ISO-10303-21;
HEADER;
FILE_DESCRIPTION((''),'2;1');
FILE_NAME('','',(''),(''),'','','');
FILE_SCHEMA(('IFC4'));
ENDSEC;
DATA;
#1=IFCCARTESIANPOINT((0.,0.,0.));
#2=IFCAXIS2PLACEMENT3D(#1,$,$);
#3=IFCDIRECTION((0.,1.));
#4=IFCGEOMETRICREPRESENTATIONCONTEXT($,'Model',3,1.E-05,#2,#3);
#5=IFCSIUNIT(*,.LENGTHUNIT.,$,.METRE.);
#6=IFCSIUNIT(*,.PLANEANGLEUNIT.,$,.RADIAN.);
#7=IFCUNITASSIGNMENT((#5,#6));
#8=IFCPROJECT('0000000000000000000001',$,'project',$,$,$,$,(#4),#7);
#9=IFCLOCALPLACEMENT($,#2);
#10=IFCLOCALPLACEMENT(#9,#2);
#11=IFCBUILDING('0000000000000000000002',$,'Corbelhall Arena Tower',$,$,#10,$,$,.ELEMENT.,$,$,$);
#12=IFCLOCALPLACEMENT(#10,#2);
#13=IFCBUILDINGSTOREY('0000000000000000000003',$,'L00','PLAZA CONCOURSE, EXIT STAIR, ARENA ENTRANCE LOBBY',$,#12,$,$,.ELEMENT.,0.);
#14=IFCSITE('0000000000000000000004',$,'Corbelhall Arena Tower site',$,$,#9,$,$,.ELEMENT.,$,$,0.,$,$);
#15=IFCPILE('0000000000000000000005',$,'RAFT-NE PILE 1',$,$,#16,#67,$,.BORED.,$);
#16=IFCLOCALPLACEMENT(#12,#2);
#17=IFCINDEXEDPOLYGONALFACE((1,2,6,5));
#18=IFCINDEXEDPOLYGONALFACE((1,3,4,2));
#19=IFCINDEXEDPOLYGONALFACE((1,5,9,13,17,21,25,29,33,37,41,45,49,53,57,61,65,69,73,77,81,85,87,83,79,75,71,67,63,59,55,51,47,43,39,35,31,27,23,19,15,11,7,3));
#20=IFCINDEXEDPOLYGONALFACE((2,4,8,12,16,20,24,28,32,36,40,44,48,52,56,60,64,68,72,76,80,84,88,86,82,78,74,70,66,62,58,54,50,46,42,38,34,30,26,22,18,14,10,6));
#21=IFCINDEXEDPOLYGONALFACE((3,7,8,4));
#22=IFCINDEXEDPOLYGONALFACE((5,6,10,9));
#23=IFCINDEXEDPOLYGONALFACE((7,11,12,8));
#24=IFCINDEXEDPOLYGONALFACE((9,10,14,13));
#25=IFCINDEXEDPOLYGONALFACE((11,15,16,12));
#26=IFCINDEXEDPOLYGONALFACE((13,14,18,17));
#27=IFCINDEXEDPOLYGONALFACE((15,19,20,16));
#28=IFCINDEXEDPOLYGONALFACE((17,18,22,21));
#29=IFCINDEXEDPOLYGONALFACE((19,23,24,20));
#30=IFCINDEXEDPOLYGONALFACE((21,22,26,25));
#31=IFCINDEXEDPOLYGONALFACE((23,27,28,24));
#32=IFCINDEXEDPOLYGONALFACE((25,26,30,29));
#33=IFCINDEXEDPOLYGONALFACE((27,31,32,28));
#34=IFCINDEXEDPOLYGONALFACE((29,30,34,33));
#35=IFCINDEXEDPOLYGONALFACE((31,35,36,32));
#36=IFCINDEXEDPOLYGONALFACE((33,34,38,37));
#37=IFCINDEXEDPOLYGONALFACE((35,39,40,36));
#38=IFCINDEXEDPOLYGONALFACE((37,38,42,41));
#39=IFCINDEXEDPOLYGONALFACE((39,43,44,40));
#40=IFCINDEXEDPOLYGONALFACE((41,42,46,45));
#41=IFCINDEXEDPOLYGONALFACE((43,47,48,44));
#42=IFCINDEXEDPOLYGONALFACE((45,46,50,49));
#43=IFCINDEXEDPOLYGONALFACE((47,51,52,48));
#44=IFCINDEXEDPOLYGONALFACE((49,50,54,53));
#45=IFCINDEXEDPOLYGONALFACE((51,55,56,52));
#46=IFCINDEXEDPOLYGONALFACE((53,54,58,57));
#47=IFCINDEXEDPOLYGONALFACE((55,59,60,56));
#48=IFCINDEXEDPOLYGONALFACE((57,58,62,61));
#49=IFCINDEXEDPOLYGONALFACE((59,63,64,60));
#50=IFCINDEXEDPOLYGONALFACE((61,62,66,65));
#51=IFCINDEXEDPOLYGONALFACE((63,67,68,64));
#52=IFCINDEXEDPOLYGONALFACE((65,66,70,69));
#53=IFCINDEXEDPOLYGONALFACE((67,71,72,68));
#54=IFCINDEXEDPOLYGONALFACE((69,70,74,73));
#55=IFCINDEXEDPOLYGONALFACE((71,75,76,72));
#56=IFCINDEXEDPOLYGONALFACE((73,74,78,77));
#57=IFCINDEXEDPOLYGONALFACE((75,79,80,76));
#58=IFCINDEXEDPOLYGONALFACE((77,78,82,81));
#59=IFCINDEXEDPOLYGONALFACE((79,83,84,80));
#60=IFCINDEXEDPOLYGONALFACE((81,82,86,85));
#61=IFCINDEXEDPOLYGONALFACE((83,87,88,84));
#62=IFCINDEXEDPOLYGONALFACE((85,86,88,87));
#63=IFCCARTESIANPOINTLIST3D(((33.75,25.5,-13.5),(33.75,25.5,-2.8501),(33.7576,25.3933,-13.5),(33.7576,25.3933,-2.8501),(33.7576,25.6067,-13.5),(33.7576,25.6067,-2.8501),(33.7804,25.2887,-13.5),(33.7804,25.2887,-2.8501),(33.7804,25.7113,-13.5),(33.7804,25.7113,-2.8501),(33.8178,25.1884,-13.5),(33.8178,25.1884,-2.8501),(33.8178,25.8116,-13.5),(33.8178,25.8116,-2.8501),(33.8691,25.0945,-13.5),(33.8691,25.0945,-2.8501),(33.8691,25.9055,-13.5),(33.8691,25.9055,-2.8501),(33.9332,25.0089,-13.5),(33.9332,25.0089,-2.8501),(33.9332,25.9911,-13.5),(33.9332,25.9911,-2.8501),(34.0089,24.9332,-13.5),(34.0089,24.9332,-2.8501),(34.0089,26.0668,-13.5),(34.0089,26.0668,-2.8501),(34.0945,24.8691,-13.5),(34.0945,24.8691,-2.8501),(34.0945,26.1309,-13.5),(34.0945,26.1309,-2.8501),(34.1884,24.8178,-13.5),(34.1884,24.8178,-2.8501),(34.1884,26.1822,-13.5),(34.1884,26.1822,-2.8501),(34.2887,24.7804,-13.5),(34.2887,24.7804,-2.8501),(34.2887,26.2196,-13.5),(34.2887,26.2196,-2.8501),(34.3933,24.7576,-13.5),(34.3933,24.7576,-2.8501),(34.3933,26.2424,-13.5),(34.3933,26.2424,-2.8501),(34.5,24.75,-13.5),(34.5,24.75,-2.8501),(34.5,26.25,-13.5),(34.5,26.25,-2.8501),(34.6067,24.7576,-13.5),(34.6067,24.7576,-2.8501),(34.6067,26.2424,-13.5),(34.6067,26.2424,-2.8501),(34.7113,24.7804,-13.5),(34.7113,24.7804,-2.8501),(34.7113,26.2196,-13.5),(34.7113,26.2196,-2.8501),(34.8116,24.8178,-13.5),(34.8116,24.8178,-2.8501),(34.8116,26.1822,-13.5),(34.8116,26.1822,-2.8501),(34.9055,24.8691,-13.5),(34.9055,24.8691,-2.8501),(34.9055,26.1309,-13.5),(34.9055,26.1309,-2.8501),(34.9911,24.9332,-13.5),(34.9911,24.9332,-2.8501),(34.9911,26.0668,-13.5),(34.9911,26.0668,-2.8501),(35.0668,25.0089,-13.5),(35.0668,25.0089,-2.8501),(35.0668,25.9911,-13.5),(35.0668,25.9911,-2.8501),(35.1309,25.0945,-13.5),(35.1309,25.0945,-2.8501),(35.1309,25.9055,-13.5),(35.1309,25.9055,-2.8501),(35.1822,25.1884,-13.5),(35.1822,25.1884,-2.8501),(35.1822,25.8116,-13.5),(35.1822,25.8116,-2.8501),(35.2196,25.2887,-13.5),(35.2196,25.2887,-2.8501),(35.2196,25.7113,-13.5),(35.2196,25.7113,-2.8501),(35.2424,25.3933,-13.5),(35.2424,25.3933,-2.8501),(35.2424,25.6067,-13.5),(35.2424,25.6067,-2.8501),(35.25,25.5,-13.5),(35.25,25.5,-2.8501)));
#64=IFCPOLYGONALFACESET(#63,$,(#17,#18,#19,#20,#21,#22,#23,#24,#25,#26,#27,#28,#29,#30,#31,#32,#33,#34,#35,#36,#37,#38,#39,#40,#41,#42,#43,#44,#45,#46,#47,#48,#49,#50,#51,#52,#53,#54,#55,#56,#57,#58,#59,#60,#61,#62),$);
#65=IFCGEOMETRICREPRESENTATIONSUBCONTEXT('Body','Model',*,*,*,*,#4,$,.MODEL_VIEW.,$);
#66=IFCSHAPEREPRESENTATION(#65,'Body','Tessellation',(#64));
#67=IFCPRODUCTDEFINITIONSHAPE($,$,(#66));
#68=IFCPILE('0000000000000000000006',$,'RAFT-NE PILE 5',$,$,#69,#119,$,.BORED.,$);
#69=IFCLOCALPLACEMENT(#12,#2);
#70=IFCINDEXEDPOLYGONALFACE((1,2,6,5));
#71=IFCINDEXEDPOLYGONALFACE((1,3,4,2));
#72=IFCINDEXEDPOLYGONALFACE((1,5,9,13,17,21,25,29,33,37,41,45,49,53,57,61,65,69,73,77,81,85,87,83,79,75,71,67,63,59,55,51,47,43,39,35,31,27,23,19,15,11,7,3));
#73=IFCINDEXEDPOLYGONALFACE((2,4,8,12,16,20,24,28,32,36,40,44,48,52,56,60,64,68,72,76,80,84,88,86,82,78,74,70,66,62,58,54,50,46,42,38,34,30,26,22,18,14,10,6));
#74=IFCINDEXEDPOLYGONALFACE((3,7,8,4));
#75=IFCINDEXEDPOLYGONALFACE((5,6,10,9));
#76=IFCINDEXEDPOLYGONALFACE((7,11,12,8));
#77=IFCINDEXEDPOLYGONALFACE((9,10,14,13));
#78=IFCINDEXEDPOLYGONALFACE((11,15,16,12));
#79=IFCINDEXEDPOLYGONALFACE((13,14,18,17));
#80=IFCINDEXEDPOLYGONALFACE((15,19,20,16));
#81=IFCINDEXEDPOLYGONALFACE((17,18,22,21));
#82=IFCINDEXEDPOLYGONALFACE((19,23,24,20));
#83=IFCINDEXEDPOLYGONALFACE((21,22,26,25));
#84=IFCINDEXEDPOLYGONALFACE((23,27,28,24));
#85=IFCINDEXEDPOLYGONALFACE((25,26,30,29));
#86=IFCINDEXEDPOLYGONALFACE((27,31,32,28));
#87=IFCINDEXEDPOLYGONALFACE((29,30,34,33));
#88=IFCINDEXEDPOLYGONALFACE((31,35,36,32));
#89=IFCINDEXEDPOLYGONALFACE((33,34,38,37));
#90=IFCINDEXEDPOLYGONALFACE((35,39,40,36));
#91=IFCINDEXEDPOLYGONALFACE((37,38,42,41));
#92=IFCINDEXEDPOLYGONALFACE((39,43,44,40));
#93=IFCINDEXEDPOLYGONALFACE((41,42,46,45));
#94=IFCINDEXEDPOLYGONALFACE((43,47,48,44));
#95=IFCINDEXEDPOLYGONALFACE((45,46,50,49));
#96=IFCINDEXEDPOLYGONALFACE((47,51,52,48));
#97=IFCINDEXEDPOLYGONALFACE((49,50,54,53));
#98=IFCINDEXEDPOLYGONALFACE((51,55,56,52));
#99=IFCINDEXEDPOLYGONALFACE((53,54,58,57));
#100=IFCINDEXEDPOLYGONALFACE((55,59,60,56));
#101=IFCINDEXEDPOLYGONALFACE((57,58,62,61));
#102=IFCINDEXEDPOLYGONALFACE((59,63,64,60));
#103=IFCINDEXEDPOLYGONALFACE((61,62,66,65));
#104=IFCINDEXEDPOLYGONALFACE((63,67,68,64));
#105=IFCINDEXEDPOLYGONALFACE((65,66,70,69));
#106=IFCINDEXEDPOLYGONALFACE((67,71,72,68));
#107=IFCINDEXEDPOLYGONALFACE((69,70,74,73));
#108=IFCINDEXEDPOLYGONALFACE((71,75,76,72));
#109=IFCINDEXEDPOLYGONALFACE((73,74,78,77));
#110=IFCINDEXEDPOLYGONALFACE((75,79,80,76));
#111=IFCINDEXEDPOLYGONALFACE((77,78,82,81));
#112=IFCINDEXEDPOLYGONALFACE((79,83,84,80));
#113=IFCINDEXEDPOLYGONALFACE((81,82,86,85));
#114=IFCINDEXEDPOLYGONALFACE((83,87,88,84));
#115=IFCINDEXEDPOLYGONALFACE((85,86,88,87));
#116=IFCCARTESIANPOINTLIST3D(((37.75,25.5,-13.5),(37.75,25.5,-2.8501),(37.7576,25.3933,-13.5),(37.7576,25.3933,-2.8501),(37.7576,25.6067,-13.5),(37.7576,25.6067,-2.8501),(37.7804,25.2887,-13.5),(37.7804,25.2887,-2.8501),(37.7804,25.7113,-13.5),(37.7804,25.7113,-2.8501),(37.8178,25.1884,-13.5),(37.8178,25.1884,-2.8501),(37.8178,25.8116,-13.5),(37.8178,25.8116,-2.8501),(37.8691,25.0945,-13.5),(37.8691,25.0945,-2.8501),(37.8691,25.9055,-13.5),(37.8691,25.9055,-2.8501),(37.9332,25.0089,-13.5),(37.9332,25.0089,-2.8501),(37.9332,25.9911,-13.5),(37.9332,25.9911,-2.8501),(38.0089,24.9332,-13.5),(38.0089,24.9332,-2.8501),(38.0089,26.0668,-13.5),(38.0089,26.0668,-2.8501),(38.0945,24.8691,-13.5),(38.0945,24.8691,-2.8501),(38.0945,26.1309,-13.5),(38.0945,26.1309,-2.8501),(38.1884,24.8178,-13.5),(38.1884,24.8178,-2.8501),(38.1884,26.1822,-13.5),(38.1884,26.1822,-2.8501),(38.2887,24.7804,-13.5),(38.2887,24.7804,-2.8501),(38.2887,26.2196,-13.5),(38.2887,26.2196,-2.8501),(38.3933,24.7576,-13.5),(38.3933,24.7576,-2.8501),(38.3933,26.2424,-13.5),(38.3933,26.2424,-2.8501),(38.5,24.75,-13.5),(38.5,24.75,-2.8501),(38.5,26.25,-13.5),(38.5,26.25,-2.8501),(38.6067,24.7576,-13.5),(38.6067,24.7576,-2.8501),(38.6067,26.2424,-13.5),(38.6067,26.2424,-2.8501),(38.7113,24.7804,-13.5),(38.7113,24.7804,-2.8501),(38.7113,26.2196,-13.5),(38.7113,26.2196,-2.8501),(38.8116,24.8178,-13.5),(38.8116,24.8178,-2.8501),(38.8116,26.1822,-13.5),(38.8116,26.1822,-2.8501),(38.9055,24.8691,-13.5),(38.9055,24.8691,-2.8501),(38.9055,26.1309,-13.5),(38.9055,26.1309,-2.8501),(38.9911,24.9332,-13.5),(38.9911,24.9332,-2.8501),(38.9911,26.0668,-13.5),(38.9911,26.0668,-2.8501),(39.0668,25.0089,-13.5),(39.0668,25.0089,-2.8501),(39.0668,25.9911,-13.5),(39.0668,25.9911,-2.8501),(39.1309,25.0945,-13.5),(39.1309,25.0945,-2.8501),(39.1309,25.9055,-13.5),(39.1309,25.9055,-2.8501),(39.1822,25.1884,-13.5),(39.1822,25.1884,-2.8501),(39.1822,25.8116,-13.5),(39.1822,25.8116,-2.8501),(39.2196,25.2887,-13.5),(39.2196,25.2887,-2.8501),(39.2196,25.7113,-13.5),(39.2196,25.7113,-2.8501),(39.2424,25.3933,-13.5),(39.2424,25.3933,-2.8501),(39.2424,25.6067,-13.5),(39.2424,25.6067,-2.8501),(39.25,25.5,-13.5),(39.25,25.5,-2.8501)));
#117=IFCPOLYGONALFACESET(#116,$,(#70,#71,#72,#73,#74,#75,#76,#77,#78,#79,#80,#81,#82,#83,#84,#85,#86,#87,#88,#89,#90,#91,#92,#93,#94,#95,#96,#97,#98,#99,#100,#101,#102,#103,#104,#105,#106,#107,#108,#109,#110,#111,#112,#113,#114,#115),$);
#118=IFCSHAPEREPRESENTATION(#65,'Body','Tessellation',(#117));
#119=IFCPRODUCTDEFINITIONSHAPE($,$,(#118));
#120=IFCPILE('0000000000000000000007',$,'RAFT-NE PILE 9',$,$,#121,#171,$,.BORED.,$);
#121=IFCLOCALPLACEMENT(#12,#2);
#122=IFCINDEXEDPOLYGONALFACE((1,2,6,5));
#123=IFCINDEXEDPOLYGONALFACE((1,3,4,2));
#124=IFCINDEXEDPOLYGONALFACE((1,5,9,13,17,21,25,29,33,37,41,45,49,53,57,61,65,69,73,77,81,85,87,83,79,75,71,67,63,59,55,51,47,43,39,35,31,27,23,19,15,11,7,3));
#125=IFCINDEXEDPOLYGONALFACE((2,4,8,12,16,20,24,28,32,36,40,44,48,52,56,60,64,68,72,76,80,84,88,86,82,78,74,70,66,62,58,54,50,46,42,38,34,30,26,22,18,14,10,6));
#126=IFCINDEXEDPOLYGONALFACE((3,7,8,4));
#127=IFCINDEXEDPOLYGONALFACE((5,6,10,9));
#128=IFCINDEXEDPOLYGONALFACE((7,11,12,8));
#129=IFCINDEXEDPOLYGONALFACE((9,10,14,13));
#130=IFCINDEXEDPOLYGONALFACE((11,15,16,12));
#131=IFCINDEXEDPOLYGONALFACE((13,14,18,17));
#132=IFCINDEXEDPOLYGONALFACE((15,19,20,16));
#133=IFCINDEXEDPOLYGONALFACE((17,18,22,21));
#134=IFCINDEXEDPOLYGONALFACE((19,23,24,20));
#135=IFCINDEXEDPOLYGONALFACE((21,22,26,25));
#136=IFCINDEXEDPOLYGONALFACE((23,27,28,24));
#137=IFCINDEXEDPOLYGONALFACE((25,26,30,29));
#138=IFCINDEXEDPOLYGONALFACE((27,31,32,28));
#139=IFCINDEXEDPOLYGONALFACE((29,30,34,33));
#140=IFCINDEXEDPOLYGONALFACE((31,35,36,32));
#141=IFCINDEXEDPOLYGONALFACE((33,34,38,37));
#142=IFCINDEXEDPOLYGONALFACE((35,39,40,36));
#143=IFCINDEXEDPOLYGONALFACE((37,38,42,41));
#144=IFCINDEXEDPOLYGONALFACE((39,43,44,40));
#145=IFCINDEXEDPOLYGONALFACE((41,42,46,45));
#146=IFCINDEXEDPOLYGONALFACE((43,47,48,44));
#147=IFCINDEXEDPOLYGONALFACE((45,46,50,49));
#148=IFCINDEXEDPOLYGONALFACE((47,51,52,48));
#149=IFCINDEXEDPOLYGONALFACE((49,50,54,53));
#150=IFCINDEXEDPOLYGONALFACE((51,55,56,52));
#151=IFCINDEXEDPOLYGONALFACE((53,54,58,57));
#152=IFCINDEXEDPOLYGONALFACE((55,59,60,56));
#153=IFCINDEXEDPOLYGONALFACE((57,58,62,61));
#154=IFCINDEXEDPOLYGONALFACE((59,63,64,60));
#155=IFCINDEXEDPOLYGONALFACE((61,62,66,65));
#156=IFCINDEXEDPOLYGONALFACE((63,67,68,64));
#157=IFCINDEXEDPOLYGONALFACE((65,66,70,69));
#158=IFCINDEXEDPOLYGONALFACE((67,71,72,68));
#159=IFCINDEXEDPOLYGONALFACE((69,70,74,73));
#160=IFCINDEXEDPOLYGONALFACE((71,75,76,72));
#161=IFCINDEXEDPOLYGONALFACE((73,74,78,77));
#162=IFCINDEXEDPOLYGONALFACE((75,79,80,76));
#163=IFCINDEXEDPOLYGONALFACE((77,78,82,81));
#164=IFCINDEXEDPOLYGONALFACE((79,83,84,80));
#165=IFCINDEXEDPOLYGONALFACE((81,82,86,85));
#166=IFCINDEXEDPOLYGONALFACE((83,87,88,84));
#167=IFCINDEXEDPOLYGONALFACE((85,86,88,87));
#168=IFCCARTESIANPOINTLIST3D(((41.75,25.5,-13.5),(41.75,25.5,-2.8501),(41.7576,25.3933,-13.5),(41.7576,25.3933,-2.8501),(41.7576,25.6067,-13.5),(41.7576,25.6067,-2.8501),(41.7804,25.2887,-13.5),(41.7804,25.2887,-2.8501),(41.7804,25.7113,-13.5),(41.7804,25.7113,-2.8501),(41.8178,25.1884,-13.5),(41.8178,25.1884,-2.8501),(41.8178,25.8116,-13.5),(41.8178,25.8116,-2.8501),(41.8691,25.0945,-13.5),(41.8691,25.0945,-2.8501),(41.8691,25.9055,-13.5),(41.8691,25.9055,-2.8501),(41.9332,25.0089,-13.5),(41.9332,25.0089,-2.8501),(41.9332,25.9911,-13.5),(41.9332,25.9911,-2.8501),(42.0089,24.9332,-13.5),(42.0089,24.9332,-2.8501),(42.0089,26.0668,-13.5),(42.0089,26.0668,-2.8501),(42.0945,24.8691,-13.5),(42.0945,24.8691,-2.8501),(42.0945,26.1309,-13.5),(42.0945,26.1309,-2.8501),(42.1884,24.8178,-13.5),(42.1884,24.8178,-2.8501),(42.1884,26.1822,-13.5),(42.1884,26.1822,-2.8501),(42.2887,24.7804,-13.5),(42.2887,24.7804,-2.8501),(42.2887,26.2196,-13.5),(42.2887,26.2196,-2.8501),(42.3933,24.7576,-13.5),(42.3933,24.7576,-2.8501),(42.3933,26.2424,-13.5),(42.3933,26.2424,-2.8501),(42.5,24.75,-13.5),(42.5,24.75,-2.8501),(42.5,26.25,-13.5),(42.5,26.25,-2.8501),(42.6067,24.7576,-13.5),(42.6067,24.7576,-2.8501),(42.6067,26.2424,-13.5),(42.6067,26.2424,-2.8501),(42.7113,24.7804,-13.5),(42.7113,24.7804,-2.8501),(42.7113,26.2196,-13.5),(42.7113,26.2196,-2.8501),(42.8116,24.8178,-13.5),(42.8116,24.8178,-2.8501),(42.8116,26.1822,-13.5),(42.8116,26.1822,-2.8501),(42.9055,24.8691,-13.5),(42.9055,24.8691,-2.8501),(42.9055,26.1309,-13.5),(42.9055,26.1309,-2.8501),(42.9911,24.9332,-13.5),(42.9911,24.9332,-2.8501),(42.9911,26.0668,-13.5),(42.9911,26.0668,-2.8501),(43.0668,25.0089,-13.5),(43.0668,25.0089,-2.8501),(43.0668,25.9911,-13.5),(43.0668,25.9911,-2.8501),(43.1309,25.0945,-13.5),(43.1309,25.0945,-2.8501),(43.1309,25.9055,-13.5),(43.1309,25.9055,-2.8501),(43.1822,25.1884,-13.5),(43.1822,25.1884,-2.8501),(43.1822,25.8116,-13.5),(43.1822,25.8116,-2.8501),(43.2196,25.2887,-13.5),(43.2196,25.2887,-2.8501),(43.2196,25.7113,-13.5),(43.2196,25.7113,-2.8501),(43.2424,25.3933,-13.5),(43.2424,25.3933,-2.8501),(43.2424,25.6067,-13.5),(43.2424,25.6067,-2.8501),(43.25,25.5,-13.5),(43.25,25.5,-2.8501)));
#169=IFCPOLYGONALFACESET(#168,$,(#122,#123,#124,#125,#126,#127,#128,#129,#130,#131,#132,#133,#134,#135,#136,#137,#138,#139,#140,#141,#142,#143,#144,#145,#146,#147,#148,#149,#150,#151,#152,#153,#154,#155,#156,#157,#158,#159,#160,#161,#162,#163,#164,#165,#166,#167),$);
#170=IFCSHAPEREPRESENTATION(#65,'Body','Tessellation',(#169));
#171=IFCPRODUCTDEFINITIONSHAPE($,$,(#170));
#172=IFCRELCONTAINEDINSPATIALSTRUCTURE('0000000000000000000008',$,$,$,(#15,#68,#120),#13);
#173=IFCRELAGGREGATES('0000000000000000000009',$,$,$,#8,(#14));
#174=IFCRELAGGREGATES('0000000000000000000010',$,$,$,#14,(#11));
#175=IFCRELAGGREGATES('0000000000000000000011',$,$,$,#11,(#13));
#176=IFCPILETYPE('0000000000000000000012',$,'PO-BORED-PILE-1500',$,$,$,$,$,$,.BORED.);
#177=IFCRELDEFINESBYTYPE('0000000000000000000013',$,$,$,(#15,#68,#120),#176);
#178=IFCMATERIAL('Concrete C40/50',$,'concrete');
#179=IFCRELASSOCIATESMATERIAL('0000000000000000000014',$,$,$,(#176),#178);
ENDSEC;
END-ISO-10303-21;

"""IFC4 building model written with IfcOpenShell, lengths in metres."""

from ifc_helpers import new_model, si_unit, direction, frame, origin, origin_2d, place, context, subcontext, project, spatial, circle, extrude, material, material_profile, profile_set, type_object, element, save


model = new_model("IFC4")

# Units and contexts
model_context = context("Model", 3, precision=1e-05, world=origin(), true_north=direction((0.0, 1.0)))
body_context = subcontext(model_context, "Body", "Model", "MODEL_VIEW")
ifc_project = project(units=[si_unit("LENGTHUNIT", "METRE"), si_unit("PLANEANGLEUNIT", "RADIAN")], contexts=[model_context])

# Site, building, storey
site_placement = place(None, origin())
site = spatial("IfcSite", under=ifc_project, at=site_placement, Name="Corbelhall Arena Tower site", CompositionType="ELEMENT", RefElevation=0.0)
building_placement = place(site_placement, origin())
building = spatial("IfcBuilding", under=site, at=building_placement, Name="Corbelhall Arena Tower", CompositionType="ELEMENT")
storey_placement = place(building_placement, origin())
storey = spatial("IfcBuildingStorey", under=building, at=storey_placement, Name="L00", Description="PLAZA CONCOURSE, EXIT STAIR, ARENA ENTRANCE LOBBY", CompositionType="ELEMENT", Elevation=0.0)

# Piles
ifc_material_1 = material(Name="Concrete C40/50", Category="concrete")
ifc_material_profile_1 = material_profile(ifc_material_1, circle(Radius=0.75, at=origin_2d()))
ifc_profile_set_1 = profile_set([ifc_material_profile_1], Name="Concrete C40/50")
pile_type = type_object("IfcPileType", Name="PO-BORED-PILE-1500", PredefinedType="BORED", material=ifc_profile_set_1)
for number, where, z_axis, x_axis, name in (
    (1, (34.5, 25.5, -2.8501), (0.0, 0.0, -1.0), (1.0, 0.0, 0.0), "RAFT-NE PILE 1"),
    (2, (38.5, 25.5, -2.8501), (0.0, 0.0, -1.0), (1.0, 0.0, 0.0), "RAFT-NE PILE 5"),
    (3, (42.5, 25.5, -2.8501), (0.0, 0.0, -1.0), (1.0, 0.0, 0.0), "RAFT-NE PILE 9"),
):
    element("IfcPile", number, at=place(storey_placement, frame(where, z_axis=z_axis, x_axis=x_axis)), inside=storey, type_object=pile_type, Name=name, PredefinedType="BORED", context=body_context, shape_type="SweptSolid", body=[
        extrude(circle(Radius=0.75, at=origin_2d()), origin(), (0.0, 0.0, 1.0), 10.6499),
    ])

save(model, "model.ifc")
